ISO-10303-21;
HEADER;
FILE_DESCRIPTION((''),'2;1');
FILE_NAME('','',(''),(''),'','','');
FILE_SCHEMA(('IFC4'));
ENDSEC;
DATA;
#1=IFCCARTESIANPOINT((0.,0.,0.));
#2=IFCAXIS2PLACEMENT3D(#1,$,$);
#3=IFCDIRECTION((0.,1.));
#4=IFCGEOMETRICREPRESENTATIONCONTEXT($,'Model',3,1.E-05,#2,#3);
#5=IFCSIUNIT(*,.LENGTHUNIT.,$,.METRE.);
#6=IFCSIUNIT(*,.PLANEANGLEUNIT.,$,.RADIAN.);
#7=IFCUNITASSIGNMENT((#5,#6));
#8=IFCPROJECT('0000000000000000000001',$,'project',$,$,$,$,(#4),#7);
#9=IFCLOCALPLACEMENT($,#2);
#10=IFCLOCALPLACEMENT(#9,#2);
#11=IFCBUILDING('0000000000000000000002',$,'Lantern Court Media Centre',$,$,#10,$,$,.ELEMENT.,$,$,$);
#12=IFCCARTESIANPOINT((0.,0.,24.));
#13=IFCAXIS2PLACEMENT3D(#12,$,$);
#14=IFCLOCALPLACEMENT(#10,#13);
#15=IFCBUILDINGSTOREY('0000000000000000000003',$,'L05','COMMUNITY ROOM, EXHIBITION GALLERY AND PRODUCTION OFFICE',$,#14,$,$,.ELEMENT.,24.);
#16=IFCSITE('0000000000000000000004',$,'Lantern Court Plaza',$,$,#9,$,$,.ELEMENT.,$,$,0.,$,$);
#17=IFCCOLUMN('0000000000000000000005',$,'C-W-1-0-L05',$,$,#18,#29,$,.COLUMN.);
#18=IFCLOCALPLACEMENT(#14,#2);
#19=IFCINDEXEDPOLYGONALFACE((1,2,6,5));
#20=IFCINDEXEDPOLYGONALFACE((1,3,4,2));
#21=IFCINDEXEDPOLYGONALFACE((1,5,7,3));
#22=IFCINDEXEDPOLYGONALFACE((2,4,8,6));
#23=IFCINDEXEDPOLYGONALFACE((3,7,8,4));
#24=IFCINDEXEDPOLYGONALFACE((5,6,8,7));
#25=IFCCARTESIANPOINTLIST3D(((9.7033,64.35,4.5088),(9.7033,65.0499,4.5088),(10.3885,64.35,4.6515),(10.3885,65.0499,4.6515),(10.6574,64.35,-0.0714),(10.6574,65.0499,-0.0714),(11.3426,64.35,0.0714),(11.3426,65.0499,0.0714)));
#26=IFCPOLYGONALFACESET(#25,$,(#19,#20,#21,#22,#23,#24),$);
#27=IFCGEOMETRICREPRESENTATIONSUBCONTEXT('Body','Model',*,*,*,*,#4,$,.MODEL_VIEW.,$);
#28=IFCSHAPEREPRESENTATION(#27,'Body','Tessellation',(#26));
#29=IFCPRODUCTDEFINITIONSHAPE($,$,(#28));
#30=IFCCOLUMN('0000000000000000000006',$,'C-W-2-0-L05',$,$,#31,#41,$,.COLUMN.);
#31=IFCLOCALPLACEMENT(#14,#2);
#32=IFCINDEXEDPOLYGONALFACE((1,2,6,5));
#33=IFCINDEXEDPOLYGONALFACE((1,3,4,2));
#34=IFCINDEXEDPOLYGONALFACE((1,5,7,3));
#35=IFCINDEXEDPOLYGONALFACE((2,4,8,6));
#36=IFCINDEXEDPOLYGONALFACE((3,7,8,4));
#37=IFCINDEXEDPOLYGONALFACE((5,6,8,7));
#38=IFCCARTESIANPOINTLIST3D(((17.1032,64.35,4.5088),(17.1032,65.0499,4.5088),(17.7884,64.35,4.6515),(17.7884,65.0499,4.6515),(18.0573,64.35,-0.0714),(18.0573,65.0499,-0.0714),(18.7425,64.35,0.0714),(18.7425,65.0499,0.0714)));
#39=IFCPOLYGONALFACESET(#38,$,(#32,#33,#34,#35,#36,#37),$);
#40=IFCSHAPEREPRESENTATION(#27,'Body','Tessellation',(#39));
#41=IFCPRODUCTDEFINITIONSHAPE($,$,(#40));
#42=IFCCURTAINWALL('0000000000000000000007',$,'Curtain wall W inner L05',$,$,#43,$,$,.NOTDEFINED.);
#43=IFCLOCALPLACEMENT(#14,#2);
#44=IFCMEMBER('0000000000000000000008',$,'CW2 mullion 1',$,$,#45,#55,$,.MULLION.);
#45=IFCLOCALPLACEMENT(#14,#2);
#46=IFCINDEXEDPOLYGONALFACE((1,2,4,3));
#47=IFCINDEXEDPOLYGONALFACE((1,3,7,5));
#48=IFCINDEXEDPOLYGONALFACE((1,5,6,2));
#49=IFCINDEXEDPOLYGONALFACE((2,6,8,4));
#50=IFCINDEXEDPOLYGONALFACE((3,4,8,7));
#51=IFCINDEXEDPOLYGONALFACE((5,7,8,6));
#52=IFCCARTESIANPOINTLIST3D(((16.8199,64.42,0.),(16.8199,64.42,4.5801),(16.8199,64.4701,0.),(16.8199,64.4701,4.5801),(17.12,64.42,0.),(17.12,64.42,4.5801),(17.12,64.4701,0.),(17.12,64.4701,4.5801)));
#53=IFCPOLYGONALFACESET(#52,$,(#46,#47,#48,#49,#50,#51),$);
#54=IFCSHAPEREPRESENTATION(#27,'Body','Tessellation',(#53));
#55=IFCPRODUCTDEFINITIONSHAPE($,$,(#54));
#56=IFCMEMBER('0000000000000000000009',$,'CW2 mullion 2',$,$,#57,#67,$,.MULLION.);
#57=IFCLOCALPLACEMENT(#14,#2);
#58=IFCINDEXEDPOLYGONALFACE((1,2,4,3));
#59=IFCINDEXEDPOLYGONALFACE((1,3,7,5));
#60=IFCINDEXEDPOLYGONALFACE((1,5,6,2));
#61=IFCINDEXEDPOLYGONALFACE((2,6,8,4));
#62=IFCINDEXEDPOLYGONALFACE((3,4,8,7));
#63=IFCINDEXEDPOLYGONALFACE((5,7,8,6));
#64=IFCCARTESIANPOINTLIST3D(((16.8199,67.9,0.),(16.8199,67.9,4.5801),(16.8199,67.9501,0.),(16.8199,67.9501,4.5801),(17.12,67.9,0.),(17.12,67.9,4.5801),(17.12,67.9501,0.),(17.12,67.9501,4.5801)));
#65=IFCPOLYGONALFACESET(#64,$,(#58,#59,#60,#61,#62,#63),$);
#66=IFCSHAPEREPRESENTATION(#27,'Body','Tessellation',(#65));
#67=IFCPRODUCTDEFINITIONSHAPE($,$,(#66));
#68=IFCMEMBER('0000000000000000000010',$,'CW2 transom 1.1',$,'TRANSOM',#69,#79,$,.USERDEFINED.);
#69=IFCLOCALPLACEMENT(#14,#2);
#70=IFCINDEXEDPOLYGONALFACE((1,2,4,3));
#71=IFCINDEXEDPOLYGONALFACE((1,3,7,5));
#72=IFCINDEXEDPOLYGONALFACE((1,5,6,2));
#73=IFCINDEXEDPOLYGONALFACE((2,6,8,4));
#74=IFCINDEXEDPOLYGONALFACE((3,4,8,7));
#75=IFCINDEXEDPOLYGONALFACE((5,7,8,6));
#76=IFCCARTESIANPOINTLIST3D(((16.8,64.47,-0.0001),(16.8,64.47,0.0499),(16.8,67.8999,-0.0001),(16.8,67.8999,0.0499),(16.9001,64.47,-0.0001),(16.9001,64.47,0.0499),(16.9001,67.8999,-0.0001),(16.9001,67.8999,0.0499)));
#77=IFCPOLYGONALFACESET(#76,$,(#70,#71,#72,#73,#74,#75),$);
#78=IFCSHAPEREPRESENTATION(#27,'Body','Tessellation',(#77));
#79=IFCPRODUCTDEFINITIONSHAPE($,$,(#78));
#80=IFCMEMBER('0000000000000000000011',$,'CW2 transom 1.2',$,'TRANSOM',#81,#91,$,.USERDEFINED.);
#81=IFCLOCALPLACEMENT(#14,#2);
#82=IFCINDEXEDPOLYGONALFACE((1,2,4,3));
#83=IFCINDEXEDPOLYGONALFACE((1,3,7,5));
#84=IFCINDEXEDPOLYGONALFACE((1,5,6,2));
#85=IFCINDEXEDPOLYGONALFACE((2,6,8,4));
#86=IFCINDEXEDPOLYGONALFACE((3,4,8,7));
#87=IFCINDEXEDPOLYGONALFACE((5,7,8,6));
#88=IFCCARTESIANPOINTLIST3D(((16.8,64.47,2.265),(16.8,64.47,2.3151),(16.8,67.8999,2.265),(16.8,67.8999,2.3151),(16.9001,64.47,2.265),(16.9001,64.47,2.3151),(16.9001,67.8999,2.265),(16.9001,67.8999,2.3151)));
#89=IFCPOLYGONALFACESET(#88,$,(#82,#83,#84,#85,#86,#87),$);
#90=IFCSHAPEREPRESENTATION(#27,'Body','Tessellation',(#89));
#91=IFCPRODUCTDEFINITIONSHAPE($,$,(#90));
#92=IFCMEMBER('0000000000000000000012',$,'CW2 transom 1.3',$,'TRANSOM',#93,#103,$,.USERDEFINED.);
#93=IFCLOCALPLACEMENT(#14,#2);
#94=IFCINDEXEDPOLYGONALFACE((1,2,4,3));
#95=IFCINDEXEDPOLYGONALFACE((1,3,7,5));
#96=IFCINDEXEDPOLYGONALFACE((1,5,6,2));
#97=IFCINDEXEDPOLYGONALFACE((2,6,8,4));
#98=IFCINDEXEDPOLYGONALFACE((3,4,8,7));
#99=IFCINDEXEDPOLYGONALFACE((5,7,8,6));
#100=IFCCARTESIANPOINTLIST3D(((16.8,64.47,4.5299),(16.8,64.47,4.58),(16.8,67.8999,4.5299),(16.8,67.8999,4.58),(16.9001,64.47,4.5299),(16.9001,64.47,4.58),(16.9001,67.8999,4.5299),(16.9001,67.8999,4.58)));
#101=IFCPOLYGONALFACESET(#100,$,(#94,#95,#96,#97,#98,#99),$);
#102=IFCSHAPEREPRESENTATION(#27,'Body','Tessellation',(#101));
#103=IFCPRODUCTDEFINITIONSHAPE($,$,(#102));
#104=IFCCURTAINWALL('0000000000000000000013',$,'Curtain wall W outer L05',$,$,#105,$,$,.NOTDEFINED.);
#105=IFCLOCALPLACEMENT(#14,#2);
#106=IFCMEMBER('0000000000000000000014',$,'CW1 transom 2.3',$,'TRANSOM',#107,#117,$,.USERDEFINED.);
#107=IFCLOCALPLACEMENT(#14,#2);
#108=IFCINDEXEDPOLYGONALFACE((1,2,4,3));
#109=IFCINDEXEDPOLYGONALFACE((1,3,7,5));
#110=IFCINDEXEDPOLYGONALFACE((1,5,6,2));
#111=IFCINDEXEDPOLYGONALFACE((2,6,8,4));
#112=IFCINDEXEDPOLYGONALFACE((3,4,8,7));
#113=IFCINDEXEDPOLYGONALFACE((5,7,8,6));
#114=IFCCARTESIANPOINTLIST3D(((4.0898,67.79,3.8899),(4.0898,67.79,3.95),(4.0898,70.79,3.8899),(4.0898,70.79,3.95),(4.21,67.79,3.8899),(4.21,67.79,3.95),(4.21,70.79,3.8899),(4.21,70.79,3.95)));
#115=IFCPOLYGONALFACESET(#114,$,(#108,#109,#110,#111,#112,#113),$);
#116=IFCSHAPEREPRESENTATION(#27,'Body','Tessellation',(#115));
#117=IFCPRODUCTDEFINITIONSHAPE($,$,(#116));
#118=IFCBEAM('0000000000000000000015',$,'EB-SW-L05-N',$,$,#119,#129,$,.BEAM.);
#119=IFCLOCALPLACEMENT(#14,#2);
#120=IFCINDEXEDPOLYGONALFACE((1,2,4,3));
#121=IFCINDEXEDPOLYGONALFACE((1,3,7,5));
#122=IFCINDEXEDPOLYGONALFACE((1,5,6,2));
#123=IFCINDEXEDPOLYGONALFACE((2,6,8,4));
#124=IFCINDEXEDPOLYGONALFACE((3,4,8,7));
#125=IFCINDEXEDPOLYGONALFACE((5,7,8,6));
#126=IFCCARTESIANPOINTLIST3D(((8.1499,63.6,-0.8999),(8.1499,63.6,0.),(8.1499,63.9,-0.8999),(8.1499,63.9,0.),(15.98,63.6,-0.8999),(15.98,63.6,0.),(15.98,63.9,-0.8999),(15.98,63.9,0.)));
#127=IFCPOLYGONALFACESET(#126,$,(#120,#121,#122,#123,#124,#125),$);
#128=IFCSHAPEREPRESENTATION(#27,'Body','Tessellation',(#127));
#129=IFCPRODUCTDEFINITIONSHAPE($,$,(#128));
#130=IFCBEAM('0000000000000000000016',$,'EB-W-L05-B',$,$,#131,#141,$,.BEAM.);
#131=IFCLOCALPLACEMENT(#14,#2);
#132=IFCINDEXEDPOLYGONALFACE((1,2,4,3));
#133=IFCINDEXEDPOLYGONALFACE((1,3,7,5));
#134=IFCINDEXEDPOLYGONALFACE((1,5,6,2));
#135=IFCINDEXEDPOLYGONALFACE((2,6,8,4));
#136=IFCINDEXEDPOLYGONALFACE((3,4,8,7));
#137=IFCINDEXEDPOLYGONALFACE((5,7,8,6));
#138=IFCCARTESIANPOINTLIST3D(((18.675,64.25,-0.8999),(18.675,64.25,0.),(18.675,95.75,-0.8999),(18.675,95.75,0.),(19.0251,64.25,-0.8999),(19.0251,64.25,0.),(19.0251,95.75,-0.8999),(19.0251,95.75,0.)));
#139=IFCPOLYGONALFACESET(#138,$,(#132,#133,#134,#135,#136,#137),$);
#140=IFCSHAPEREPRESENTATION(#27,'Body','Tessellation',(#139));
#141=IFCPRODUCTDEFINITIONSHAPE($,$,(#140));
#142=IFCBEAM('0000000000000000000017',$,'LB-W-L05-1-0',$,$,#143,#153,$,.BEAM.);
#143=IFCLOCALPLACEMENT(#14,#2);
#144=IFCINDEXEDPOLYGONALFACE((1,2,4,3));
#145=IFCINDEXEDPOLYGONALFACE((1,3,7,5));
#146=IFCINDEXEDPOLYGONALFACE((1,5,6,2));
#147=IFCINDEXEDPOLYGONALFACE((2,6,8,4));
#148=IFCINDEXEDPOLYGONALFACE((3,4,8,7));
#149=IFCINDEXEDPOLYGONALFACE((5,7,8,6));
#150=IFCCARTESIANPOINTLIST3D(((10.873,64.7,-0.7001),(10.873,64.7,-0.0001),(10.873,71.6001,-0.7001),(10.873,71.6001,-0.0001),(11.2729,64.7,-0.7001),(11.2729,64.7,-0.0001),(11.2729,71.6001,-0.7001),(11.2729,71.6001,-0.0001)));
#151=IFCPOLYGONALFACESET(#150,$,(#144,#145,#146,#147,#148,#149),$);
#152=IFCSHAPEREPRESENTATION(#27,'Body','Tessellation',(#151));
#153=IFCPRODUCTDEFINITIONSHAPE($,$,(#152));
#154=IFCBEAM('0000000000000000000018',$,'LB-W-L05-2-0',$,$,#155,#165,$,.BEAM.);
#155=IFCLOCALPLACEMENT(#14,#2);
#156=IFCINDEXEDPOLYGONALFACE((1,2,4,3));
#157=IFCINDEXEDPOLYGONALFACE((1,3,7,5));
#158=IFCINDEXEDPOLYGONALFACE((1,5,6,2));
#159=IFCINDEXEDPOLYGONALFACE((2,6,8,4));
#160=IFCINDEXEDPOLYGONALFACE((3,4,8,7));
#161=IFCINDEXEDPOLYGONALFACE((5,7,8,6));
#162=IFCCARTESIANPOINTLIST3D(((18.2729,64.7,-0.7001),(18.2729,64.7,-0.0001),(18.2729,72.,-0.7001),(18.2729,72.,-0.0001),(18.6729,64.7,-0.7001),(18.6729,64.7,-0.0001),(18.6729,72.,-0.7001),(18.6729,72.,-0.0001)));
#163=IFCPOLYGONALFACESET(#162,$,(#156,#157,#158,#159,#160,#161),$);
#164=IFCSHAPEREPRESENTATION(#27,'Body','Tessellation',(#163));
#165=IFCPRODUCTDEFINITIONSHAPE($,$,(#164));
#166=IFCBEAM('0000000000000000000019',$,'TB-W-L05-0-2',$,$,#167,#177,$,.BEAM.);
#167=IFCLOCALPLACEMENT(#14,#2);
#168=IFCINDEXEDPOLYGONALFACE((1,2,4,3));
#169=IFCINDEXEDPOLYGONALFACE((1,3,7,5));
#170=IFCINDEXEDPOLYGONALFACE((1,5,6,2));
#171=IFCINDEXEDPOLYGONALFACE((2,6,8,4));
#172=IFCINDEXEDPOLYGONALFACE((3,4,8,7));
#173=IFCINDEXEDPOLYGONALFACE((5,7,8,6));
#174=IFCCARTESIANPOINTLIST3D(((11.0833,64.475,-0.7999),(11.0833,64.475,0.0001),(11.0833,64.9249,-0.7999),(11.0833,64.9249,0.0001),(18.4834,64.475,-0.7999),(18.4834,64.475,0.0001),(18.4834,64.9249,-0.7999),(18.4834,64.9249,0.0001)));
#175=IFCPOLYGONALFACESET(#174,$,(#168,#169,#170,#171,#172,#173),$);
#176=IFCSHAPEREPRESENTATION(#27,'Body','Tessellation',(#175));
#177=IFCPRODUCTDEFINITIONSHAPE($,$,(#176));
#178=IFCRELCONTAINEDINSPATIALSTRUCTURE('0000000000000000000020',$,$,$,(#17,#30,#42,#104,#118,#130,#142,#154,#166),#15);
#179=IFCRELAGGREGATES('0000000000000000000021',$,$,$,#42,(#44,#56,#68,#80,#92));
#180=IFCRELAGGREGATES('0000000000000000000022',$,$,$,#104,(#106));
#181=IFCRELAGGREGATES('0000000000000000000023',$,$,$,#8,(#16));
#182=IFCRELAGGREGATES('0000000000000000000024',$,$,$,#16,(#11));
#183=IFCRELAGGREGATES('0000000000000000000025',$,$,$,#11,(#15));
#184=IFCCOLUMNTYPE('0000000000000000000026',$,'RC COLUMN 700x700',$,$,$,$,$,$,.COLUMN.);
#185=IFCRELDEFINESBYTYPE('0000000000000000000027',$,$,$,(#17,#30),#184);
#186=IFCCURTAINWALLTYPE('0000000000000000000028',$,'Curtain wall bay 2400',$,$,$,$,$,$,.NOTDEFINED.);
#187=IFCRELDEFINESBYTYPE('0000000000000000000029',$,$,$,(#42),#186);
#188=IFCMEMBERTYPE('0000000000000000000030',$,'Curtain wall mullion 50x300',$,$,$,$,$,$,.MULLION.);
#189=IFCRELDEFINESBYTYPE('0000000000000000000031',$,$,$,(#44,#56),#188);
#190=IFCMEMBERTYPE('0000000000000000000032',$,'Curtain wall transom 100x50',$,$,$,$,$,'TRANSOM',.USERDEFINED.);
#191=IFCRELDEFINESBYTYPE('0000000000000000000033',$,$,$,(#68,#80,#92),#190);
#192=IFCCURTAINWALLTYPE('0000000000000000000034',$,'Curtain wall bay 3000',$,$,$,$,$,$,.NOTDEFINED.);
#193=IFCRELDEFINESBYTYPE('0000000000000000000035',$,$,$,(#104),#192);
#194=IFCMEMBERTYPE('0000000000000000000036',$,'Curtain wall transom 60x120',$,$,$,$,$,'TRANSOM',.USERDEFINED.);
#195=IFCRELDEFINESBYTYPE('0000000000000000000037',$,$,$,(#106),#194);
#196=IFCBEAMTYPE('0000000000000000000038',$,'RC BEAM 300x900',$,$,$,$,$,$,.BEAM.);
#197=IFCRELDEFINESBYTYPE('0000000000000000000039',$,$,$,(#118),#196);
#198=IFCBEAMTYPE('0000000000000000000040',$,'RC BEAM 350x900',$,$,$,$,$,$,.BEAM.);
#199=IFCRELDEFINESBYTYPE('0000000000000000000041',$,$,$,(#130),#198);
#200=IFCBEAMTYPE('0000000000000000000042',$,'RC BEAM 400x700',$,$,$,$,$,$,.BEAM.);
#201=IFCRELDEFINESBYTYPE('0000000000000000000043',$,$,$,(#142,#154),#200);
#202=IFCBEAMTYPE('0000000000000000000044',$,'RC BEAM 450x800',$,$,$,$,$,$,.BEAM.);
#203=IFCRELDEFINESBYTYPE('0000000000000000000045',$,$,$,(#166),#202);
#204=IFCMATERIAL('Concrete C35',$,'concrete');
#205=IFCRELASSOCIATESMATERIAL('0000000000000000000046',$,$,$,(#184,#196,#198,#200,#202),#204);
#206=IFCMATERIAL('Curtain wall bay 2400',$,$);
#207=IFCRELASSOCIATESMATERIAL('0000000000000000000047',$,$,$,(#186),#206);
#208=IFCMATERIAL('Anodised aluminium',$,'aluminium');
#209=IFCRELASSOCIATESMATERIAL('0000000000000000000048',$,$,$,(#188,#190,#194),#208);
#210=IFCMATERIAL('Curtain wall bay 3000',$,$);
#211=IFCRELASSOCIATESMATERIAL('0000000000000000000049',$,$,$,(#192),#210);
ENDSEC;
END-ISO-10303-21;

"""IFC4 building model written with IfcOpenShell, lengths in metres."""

from ifc_helpers import new_model, si_unit, direction, frame, origin, origin_2d, place, context, subcontext, project, spatial, rectangle, extrude, material, material_profile, profile_set, type_object, element, aggregate, save


model = new_model("IFC4")

# Units and contexts
model_context = context("Model", 3, precision=1e-05, world=origin(), true_north=direction((0.0, 1.0)))
body_context = subcontext(model_context, "Body", "Model", "MODEL_VIEW")
ifc_project = project(units=[si_unit("LENGTHUNIT", "METRE"), si_unit("PLANEANGLEUNIT", "RADIAN")], contexts=[model_context])

# Site, building, storey
site_placement = place(None, origin())
site = spatial("IfcSite", under=ifc_project, at=site_placement, Name="Lantern Court Plaza", CompositionType="ELEMENT", RefElevation=0.0)
building_placement = place(site_placement, origin())
building = spatial("IfcBuilding", under=site, at=building_placement, Name="Lantern Court Media Centre", CompositionType="ELEMENT")
storey_placement = place(building_placement, frame((0.0, 0.0, 24.0)))
storey = spatial("IfcBuildingStorey", under=building, at=storey_placement, Name="L05", Description="COMMUNITY ROOM, EXHIBITION GALLERY AND PRODUCTION OFFICE", CompositionType="ELEMENT", Elevation=24.0)

# Columns
ifc_material_1 = material(Name="Concrete C35", Category="concrete")
ifc_material_profile_1 = material_profile(ifc_material_1, rectangle(XDim=0.7, YDim=0.7, at=origin_2d()), Name="RC 700x700")
ifc_profile_set_1 = profile_set([ifc_material_profile_1], Name="Concrete C35")
column_type = type_object("IfcColumnType", Name="RC COLUMN 700x700", PredefinedType="COLUMN", material=ifc_profile_set_1)
for number, where, z_axis, x_axis, name in (
    (1, (11.0, 64.7, 0.0), (-0.203938, 0.0, 0.978984), (0.0, -1.0, 0.0), "C-W-1-0-L05"),
    (2, (18.3999, 64.7, 0.0), (-0.203938, 0.0, 0.978984), (0.0, -1.0, 0.0), "C-W-2-0-L05"),
):
    element("IfcColumn", number, at=place(storey_placement, frame(where, z_axis=z_axis, x_axis=x_axis)), inside=storey, type_object=column_type, Name=name, PredefinedType="COLUMN", context=body_context, shape_type="SweptSolid", body=[
        extrude(rectangle(XDim=0.7, YDim=0.7, at=origin_2d()), origin(), (0.0, 0.0, 1.0), 4.6785),
    ])

# Curtain wall, members
ifc_material_2 = material(Name="Curtain wall bay 2400")
curtain_wall_type_1 = type_object("IfcCurtainWallType", Name="Curtain wall bay 2400", PredefinedType="NOTDEFINED", material=ifc_material_2)
curtain_wall_1_placement = place(storey_placement, origin())
curtain_wall_1 = element("IfcCurtainWall", 3, at=curtain_wall_1_placement, inside=storey, type_object=curtain_wall_type_1, Name="Curtain wall W inner L05", PredefinedType="NOTDEFINED")
ifc_material_3 = material(Name="Anodised aluminium", Category="aluminium")
ifc_material_profile_2 = material_profile(ifc_material_3, rectangle(XDim=0.3, YDim=0.05, at=origin_2d()), Name="AL 50x300")
ifc_profile_set_2 = profile_set([ifc_material_profile_2], Name="Anodised aluminium")
member_type_1 = type_object("IfcMemberType", Name="Curtain wall mullion 50x300", PredefinedType="MULLION", material=ifc_profile_set_2)
member_1_placement = place(storey_placement, frame((16.97, 64.4451, 0.0), z_axis=(0.0, 0.0, 1.0), x_axis=(-1.0, 0.0, 0.0)))
member_1 = element("IfcMember", 4, at=member_1_placement, type_object=member_type_1, Name="CW2 mullion 1", PredefinedType="MULLION", context=body_context, shape_type="SweptSolid", body=[
    extrude(rectangle(XDim=0.3, YDim=0.05, at=origin_2d()), origin(), (0.0, 0.0, 1.0), 4.5801),
])
member_2_placement = place(storey_placement, frame((16.97, 67.925, 0.0), z_axis=(0.0, 0.0, 1.0), x_axis=(-1.0, 0.0, 0.0)))
member_2 = element("IfcMember", 5, at=member_2_placement, type_object=member_type_1, Name="CW2 mullion 2", PredefinedType="MULLION", context=body_context, shape_type="SweptSolid", body=[
    extrude(rectangle(XDim=0.3, YDim=0.05, at=origin_2d()), origin(), (0.0, 0.0, 1.0), 4.5801),
])
ifc_material_profile_3 = material_profile(ifc_material_3, rectangle(XDim=0.1001, YDim=0.05, at=origin_2d()), Name="AL 50x100")
ifc_profile_set_3 = profile_set([ifc_material_profile_3], Name="Anodised aluminium")
member_type_2 = type_object("IfcMemberType", Name="Curtain wall transom 100x50", ElementType="TRANSOM", PredefinedType="USERDEFINED", material=ifc_profile_set_3)
member_3_placement = place(storey_placement, frame((16.8501, 64.47, 0.0249), z_axis=(0.0, 1.0, 0.0), x_axis=(-1.0, 0.0, 0.0)))
member_3 = element("IfcMember", 6, at=member_3_placement, type_object=member_type_2, Name="CW2 transom 1.1", ObjectType="TRANSOM", PredefinedType="USERDEFINED", context=body_context, shape_type="SweptSolid", body=[
    extrude(rectangle(XDim=0.1001, YDim=0.05, at=origin_2d()), origin(), (0.0, 0.0, 1.0), 3.4299),
])
member_4_placement = place(storey_placement, frame((16.8501, 64.47, 2.29), z_axis=(0.0, 1.0, 0.0), x_axis=(-1.0, 0.0, 0.0)))
member_4 = element("IfcMember", 7, at=member_4_placement, type_object=member_type_2, Name="CW2 transom 1.2", ObjectType="TRANSOM", PredefinedType="USERDEFINED", context=body_context, shape_type="SweptSolid", body=[
    extrude(rectangle(XDim=0.1001, YDim=0.05, at=origin_2d()), origin(), (0.0, 0.0, 1.0), 3.4299),
])
member_5_placement = place(storey_placement, frame((16.8501, 64.47, 4.5549), z_axis=(0.0, 1.0, 0.0), x_axis=(-1.0, 0.0, 0.0)))
member_5 = element("IfcMember", 8, at=member_5_placement, type_object=member_type_2, Name="CW2 transom 1.3", ObjectType="TRANSOM", PredefinedType="USERDEFINED", context=body_context, shape_type="SweptSolid", body=[
    extrude(rectangle(XDim=0.1001, YDim=0.05, at=origin_2d()), origin(), (0.0, 0.0, 1.0), 3.4299),
])

# Curtain wall, member
ifc_material_4 = material(Name="Curtain wall bay 3000")
curtain_wall_type_2 = type_object("IfcCurtainWallType", Name="Curtain wall bay 3000", PredefinedType="NOTDEFINED", material=ifc_material_4)
curtain_wall_2_placement = place(storey_placement, origin())
curtain_wall_2 = element("IfcCurtainWall", 9, at=curtain_wall_2_placement, inside=storey, type_object=curtain_wall_type_2, Name="Curtain wall W outer L05", PredefinedType="NOTDEFINED")
ifc_material_profile_4 = material_profile(ifc_material_3, rectangle(XDim=0.1201, YDim=0.0601, at=origin_2d()), Name="AL 60x120")
ifc_profile_set_4 = profile_set([ifc_material_profile_4], Name="Anodised aluminium")
member_type_3 = type_object("IfcMemberType", Name="Curtain wall transom 60x120", ElementType="TRANSOM", PredefinedType="USERDEFINED", material=ifc_profile_set_4)
member_6_placement = place(storey_placement, frame((4.1499, 67.79, 3.9199), z_axis=(0.0, 1.0, 0.0), x_axis=(-1.0, 0.0, 0.0)))
member_6 = element("IfcMember", 10, at=member_6_placement, type_object=member_type_3, Name="CW1 transom 2.3", ObjectType="TRANSOM", PredefinedType="USERDEFINED", context=body_context, shape_type="SweptSolid", body=[
    extrude(rectangle(XDim=0.1201, YDim=0.0601, at=origin_2d()), origin(), (0.0, 0.0, 1.0), 3.0),
])

# Beams
ifc_material_profile_5 = material_profile(ifc_material_1, rectangle(XDim=0.3, YDim=0.8999, at=origin_2d()), Name="RC 300x900")
ifc_profile_set_5 = profile_set([ifc_material_profile_5], Name="Concrete C35")
beam_type_1 = type_object("IfcBeamType", Name="RC BEAM 300x900", PredefinedType="BEAM", material=ifc_profile_set_5)
beam_1_placement = place(storey_placement, frame((8.1499, 63.75, -0.45), z_axis=(1.0, 0.0, 0.0), x_axis=(0.0, 1.0, 0.0)))
element("IfcBeam", 11, at=beam_1_placement, inside=storey, type_object=beam_type_1, Name="EB-SW-L05-N", PredefinedType="BEAM", context=body_context, shape_type="SweptSolid", body=[
    extrude(rectangle(XDim=0.3, YDim=0.8999, at=origin_2d()), origin(), (0.0, 0.0, 1.0), 7.8301),
])
ifc_material_profile_6 = material_profile(ifc_material_1, rectangle(XDim=0.3501, YDim=0.8999, at=origin_2d()), Name="RC 350x900")
ifc_profile_set_6 = profile_set([ifc_material_profile_6], Name="Concrete C35")
beam_type_2 = type_object("IfcBeamType", Name="RC BEAM 350x900", PredefinedType="BEAM", material=ifc_profile_set_6)
beam_2_placement = place(storey_placement, frame((18.8501, 64.25, -0.45), z_axis=(0.0, 1.0, 0.0), x_axis=(-1.0, 0.0, 0.0)))
element("IfcBeam", 12, at=beam_2_placement, inside=storey, type_object=beam_type_2, Name="EB-W-L05-B", PredefinedType="BEAM", context=body_context, shape_type="SweptSolid", body=[
    extrude(rectangle(XDim=0.3501, YDim=0.8999, at=origin_2d()), origin(), (0.0, 0.0, 1.0), 31.5),
])
ifc_material_profile_7 = material_profile(ifc_material_1, rectangle(XDim=0.3999, YDim=0.7, at=origin_2d()), Name="RC 400x700")
ifc_profile_set_7 = profile_set([ifc_material_profile_7], Name="Concrete C35")
beam_type_3 = type_object("IfcBeamType", Name="RC BEAM 400x700", PredefinedType="BEAM", material=ifc_profile_set_7)
beam_3_placement = place(storey_placement, frame((11.073, 64.7, -0.3501), z_axis=(0.0, 1.0, 0.0), x_axis=(-1.0, 0.0, 0.0)))
element("IfcBeam", 13, at=beam_3_placement, inside=storey, type_object=beam_type_3, Name="LB-W-L05-1-0", PredefinedType="BEAM", context=body_context, shape_type="SweptSolid", body=[
    extrude(rectangle(XDim=0.3999, YDim=0.7, at=origin_2d()), origin(), (0.0, 0.0, 1.0), 6.9001),
])
beam_4_placement = place(storey_placement, frame((18.4729, 64.7, -0.3501), z_axis=(0.0, 1.0, 0.0), x_axis=(-1.0, 0.0, 0.0)))
element("IfcBeam", 14, at=beam_4_placement, inside=storey, type_object=beam_type_3, Name="LB-W-L05-2-0", PredefinedType="BEAM", context=body_context, shape_type="SweptSolid", body=[
    extrude(rectangle(XDim=0.3999, YDim=0.7, at=origin_2d()), origin(), (0.0, 0.0, 1.0), 7.3),
])
ifc_material_profile_8 = material_profile(ifc_material_1, rectangle(XDim=0.45, YDim=0.8, at=origin_2d()), Name="RC 450x800")
ifc_profile_set_8 = profile_set([ifc_material_profile_8], Name="Concrete C35")
beam_type_4 = type_object("IfcBeamType", Name="RC BEAM 450x800", PredefinedType="BEAM", material=ifc_profile_set_8)
beam_5_placement = place(storey_placement, frame((11.0833, 64.7, -0.3999), z_axis=(1.0, 0.0, 0.0), x_axis=(0.0, 1.0, 0.0)))
element("IfcBeam", 15, at=beam_5_placement, inside=storey, type_object=beam_type_4, Name="TB-W-L05-0-2", PredefinedType="BEAM", context=body_context, shape_type="SweptSolid", body=[
    extrude(rectangle(XDim=0.45, YDim=0.8, at=origin_2d()), origin(), (0.0, 0.0, 1.0), 7.4001),
])

aggregate(curtain_wall_1, [member_1, member_2, member_3, member_4, member_5])
aggregate(curtain_wall_2, [member_6])

save(model, "model.ifc")
